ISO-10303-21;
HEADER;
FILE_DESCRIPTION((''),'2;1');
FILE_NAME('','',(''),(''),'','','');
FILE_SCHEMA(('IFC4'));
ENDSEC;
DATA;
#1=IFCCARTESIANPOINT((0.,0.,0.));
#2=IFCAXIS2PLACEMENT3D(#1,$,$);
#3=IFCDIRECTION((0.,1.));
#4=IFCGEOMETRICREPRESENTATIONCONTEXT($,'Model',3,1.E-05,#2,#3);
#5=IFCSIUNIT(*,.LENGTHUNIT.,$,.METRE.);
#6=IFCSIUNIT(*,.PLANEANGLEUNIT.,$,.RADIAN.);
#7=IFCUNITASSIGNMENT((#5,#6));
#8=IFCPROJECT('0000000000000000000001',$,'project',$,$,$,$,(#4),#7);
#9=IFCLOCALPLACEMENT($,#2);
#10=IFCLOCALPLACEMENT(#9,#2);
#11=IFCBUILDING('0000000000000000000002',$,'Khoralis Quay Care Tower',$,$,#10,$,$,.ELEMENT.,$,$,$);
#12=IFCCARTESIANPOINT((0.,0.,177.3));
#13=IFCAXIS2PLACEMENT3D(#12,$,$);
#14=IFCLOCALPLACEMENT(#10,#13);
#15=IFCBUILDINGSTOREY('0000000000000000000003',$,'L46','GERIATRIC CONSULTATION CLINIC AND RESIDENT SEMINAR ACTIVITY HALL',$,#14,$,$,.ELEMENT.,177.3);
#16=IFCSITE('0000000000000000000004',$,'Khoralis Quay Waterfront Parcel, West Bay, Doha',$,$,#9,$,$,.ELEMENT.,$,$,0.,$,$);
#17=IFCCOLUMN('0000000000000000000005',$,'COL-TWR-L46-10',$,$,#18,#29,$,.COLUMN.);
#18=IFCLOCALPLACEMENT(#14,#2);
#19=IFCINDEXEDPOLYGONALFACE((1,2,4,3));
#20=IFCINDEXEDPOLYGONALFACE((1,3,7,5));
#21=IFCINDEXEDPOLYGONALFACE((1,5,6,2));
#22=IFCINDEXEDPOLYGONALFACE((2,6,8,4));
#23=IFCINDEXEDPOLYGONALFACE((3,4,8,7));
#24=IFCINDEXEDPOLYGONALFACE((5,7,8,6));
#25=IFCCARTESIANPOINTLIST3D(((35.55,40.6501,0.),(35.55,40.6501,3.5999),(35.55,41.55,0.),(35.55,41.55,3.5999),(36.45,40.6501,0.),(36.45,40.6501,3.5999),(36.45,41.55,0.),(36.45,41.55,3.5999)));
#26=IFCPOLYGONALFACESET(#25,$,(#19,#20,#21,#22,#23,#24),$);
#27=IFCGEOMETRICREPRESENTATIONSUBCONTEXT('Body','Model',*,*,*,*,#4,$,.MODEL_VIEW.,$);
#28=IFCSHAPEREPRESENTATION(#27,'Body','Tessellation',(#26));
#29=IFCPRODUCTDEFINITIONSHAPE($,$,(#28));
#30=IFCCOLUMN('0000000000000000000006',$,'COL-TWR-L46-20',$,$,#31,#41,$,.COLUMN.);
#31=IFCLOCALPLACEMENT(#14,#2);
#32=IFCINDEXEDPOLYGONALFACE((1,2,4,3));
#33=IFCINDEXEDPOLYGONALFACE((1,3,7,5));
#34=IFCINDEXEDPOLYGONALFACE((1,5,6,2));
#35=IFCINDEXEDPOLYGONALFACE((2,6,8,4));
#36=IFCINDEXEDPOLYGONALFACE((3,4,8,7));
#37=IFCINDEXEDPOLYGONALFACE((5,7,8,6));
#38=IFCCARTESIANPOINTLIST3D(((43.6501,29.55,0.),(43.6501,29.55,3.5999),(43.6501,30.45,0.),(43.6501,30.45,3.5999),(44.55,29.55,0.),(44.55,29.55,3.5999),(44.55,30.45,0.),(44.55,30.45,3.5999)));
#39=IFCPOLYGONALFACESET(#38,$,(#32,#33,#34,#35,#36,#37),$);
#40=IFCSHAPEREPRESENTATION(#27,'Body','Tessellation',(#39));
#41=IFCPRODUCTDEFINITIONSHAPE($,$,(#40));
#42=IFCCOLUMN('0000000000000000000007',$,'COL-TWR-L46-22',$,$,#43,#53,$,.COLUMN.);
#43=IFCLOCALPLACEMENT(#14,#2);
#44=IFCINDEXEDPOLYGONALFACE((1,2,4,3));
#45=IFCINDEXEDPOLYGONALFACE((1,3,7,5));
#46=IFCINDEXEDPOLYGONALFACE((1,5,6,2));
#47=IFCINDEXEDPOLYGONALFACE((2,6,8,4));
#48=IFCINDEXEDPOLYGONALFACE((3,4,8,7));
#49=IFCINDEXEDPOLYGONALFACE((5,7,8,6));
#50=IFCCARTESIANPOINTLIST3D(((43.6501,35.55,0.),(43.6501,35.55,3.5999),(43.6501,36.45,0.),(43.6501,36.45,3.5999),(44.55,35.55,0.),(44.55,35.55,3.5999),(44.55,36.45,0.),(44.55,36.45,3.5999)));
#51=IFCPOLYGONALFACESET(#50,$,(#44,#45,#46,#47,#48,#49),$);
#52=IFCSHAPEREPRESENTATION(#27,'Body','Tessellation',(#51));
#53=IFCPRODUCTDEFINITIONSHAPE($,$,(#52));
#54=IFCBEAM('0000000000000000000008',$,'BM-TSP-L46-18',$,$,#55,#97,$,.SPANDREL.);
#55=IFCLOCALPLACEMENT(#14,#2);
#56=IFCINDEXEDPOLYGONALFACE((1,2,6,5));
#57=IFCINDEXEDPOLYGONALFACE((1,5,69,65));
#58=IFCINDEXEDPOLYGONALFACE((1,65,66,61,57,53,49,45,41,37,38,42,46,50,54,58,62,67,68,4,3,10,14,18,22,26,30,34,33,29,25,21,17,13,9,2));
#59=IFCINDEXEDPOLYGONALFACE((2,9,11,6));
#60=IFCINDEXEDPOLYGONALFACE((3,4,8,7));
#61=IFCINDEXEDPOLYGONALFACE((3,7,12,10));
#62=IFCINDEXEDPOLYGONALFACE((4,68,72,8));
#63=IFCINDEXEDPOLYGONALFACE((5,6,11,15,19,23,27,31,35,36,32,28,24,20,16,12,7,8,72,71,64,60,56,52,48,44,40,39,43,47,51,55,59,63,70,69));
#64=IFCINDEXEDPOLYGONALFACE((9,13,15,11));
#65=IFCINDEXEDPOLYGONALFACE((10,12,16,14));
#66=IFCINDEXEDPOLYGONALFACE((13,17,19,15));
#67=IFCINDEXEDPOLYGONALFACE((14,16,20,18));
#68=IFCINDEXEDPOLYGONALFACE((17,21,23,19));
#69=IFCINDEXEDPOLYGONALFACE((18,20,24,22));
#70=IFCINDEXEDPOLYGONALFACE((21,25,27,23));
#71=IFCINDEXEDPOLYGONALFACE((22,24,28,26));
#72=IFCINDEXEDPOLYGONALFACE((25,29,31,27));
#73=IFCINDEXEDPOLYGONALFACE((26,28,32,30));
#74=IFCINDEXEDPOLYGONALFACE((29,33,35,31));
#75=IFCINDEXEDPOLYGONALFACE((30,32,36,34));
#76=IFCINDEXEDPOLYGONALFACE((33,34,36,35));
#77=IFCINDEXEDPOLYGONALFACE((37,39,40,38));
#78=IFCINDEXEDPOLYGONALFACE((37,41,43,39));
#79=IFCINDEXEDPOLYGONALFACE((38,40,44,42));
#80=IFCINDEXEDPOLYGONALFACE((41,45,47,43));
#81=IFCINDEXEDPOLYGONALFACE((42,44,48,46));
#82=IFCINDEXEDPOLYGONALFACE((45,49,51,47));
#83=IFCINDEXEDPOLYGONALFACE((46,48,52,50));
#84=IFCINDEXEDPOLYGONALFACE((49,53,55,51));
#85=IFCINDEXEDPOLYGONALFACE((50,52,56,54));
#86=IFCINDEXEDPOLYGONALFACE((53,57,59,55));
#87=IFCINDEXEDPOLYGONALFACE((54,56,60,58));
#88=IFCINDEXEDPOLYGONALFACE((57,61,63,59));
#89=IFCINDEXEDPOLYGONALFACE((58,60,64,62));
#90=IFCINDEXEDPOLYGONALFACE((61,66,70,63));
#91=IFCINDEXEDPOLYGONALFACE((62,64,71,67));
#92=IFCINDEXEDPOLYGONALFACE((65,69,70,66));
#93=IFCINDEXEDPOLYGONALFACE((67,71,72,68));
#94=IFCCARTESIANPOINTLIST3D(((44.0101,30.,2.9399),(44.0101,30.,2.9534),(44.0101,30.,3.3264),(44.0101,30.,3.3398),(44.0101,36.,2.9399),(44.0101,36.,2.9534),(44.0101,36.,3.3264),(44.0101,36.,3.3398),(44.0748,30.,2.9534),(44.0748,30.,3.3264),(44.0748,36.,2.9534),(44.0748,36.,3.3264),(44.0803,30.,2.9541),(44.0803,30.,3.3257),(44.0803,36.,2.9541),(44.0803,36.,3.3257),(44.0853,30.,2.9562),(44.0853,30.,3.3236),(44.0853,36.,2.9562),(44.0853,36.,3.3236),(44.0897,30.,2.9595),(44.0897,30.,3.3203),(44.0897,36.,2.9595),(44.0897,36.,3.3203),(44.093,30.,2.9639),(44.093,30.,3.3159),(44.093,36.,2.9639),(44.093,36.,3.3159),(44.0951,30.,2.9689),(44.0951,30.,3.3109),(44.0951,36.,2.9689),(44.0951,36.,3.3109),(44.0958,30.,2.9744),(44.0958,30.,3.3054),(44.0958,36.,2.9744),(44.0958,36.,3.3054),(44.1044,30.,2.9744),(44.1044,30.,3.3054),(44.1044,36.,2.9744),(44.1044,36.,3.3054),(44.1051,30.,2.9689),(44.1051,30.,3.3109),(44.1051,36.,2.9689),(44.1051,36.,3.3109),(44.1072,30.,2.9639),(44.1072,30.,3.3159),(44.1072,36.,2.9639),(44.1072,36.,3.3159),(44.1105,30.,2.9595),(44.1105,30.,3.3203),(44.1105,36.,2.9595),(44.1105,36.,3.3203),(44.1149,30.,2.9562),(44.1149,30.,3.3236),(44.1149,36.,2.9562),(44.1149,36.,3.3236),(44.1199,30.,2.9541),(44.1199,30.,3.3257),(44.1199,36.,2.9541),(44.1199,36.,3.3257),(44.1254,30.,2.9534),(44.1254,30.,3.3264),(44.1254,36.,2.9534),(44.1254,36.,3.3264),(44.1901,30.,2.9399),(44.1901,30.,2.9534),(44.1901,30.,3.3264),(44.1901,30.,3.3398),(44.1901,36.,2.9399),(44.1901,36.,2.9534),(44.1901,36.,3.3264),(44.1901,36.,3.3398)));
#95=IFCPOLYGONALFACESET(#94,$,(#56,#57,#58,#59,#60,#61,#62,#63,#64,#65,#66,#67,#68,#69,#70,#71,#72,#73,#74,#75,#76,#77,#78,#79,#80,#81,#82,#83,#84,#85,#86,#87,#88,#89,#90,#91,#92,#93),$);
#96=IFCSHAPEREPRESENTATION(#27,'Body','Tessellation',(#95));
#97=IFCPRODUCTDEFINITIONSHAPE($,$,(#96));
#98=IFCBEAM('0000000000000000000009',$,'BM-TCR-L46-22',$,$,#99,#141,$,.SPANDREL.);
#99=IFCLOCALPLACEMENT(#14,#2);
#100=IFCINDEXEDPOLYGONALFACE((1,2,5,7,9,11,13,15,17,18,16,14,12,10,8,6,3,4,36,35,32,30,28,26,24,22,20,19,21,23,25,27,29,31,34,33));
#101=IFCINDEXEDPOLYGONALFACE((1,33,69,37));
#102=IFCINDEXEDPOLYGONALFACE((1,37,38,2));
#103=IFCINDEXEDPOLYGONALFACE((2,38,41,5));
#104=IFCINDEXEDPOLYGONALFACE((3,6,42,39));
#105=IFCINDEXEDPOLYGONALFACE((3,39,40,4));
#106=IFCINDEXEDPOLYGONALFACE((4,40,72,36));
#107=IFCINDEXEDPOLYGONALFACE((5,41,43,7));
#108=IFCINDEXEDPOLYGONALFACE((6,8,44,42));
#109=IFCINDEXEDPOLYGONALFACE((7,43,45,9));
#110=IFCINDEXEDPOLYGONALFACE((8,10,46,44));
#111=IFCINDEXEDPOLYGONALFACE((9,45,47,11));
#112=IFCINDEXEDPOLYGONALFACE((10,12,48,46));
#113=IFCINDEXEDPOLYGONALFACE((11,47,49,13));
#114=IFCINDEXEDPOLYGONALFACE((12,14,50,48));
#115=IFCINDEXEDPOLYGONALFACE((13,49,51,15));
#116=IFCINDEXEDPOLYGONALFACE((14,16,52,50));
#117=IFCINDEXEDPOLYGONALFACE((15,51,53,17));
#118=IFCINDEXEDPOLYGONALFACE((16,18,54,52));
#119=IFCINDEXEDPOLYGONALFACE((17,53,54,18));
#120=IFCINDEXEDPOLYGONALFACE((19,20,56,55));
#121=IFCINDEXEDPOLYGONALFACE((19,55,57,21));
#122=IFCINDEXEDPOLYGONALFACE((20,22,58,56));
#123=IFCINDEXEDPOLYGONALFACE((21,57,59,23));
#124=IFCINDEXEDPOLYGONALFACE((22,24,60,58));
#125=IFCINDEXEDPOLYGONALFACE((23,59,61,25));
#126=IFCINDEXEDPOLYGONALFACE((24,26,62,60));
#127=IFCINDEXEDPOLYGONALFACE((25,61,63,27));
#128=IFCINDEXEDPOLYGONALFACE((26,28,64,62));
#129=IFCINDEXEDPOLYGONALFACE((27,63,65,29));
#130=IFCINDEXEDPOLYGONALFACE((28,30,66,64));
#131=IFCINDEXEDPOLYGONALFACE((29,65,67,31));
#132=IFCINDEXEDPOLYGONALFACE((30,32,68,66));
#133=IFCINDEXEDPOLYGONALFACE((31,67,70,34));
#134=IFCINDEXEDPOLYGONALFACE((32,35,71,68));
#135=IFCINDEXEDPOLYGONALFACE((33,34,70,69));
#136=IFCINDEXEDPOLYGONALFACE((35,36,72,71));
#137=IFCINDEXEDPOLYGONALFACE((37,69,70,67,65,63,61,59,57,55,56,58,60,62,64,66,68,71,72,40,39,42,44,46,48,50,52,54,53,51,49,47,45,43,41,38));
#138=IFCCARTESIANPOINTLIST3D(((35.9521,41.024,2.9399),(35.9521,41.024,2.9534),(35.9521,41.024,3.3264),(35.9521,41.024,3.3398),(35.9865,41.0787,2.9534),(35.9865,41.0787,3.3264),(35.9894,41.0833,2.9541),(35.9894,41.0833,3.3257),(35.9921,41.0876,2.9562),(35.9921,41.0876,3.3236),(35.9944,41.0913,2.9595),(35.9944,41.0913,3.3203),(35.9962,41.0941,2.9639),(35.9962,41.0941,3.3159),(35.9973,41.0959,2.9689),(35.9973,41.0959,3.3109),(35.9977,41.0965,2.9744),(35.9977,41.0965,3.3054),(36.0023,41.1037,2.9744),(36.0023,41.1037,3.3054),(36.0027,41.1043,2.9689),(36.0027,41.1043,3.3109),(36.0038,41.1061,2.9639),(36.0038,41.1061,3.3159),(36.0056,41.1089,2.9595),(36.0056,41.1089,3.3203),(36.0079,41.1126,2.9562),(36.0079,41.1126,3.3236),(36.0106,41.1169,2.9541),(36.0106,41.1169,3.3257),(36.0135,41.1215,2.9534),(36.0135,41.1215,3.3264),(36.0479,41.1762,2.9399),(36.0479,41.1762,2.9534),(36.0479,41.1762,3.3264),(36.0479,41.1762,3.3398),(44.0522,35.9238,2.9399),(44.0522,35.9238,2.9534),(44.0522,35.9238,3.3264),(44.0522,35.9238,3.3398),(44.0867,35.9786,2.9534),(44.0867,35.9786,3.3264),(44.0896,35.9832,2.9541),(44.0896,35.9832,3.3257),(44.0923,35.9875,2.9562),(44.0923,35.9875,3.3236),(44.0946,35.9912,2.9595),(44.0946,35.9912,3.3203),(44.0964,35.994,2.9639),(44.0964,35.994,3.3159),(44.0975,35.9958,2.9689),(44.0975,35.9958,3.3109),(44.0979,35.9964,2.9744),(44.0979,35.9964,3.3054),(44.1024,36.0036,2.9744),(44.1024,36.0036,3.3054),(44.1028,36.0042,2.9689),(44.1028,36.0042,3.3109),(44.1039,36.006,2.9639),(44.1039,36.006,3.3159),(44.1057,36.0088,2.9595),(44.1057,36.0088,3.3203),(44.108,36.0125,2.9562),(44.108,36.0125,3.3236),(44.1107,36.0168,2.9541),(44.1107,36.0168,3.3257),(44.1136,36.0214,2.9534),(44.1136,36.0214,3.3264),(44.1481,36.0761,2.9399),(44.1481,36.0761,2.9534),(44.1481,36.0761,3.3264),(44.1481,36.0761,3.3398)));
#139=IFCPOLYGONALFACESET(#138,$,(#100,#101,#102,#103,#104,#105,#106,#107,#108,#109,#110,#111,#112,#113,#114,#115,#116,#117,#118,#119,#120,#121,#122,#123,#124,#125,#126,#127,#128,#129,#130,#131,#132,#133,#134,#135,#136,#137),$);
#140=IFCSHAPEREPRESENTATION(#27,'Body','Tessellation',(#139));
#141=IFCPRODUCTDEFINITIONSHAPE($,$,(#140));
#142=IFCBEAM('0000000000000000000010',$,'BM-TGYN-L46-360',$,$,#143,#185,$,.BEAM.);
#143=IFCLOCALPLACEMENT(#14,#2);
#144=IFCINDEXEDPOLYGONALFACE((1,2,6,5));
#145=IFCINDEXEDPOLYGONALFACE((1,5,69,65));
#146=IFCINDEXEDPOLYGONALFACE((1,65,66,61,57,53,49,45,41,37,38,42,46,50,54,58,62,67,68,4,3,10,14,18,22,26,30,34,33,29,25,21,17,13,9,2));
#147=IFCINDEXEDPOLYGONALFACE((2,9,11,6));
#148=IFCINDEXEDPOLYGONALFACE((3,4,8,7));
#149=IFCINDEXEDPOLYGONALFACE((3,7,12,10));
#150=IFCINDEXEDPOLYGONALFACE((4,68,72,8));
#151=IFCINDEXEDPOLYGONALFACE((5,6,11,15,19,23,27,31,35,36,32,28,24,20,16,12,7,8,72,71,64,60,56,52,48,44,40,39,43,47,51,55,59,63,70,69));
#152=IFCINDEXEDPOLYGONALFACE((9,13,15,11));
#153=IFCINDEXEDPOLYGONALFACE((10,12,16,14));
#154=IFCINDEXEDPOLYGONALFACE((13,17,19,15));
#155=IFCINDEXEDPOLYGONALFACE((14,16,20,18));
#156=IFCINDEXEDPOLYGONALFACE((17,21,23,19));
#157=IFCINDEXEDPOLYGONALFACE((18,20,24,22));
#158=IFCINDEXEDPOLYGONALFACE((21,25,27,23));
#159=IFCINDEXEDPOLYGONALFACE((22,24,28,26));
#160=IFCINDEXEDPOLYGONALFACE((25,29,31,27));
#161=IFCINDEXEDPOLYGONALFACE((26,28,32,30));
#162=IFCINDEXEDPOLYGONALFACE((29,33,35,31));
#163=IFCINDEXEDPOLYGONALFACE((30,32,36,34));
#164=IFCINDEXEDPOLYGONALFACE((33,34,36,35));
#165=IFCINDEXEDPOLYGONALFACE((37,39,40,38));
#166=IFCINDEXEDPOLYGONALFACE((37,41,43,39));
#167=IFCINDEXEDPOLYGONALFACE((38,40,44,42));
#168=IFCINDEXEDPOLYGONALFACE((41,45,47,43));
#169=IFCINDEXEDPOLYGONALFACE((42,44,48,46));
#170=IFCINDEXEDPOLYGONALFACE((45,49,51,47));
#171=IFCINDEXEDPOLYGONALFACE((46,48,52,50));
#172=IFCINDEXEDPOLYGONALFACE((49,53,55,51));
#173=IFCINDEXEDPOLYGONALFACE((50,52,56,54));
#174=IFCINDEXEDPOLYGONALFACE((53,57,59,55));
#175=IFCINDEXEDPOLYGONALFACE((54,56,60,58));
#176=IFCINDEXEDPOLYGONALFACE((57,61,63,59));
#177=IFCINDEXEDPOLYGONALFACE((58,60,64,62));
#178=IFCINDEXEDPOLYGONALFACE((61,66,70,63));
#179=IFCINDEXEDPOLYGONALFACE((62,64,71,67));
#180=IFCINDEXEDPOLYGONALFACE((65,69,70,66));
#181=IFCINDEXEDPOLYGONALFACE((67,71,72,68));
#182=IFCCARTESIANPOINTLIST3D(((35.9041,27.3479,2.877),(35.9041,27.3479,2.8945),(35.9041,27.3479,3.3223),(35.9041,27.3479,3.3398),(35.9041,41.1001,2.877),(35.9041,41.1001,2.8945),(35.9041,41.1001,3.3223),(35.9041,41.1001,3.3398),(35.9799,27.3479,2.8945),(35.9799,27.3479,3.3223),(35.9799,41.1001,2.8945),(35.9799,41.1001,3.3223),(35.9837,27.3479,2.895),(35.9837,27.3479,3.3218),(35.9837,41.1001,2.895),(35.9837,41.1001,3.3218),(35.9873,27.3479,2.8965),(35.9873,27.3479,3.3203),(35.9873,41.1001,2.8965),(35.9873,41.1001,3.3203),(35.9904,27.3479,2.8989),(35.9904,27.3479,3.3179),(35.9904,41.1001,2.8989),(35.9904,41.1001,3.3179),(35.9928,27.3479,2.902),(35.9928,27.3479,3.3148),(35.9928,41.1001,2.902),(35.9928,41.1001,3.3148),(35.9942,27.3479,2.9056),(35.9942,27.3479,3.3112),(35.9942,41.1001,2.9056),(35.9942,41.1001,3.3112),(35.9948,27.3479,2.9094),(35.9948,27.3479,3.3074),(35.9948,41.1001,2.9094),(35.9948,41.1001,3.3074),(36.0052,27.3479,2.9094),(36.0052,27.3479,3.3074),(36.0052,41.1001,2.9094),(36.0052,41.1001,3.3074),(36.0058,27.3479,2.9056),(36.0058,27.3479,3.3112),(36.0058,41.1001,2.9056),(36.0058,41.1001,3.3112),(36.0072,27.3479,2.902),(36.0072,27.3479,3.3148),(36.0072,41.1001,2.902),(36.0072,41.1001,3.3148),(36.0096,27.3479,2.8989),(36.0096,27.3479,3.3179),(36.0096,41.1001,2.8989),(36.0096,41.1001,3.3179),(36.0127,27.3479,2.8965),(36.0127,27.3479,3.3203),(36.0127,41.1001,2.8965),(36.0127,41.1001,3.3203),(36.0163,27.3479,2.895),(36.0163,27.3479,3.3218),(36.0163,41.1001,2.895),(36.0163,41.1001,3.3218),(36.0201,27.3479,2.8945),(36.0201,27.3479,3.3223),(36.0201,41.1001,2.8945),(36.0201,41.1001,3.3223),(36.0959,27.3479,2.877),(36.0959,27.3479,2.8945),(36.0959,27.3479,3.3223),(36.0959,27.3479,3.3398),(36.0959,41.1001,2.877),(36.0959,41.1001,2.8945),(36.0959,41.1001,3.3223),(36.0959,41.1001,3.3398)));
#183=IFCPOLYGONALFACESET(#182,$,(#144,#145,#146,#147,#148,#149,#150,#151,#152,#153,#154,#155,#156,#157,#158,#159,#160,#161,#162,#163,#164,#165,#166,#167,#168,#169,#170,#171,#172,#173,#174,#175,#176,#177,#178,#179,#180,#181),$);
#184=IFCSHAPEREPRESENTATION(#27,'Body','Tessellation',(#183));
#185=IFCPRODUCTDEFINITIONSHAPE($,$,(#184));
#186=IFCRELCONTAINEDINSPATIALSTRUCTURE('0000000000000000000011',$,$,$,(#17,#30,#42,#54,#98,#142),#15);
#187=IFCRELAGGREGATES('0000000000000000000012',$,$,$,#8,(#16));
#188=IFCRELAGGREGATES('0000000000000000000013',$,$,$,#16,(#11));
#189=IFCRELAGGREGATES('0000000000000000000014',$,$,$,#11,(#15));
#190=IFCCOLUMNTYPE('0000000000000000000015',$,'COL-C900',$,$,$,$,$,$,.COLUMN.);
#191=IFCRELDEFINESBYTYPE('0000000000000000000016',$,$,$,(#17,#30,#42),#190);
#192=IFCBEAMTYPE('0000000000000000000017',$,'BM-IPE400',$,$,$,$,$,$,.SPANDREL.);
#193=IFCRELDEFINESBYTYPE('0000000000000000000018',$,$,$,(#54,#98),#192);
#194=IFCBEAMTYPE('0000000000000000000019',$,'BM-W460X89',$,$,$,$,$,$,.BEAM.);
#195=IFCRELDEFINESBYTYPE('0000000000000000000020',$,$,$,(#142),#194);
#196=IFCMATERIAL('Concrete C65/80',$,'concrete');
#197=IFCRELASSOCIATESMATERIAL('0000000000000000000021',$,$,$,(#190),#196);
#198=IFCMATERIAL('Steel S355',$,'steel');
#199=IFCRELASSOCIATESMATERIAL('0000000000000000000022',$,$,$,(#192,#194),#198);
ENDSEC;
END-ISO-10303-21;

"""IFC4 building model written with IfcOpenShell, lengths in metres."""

from ifc_helpers import new_model, si_unit, direction, frame, origin, origin_2d, place, context, subcontext, project, spatial, rectangle, i_section, extrude, source, transform, mapped, material, material_profile, profile_set, type_object, element, save


model = new_model("IFC4")

# Units and contexts
model_context = context("Model", 3, precision=1e-05, world=origin(), true_north=direction((0.0, 1.0)))
body_context = subcontext(model_context, "Body", "Model", "MODEL_VIEW")
ifc_project = project(units=[si_unit("LENGTHUNIT", "METRE"), si_unit("PLANEANGLEUNIT", "RADIAN")], contexts=[model_context])

# Site, building, storey
site_placement = place(None, origin())
site = spatial("IfcSite", under=ifc_project, at=site_placement, Name="Khoralis Quay Waterfront Parcel, West Bay, Doha", CompositionType="ELEMENT", RefElevation=0.0)
building_placement = place(site_placement, origin())
building = spatial("IfcBuilding", under=site, at=building_placement, Name="Khoralis Quay Care Tower", CompositionType="ELEMENT")
storey_placement = place(building_placement, frame((0.0, 0.0, 177.3)))
storey = spatial("IfcBuildingStorey", under=building, at=storey_placement, Name="L46", Description="GERIATRIC CONSULTATION CLINIC AND RESIDENT SEMINAR ACTIVITY HALL", CompositionType="ELEMENT", Elevation=177.3)

# Columns
ifc_material_1 = material(Name="Concrete C65/80", Category="concrete")
ifc_material_profile_1 = material_profile(ifc_material_1, rectangle(XDim=0.8999, YDim=0.8999, at=origin_2d()), Name="Concrete C65/80")
ifc_profile_set_1 = profile_set([ifc_material_profile_1], Name="Concrete C65/80")
column_type = type_object("IfcColumnType", Name="COL-C900", PredefinedType="COLUMN", material=ifc_profile_set_1)
shared_shape_1 = source(origin(), body_context, "Body", "SweptSolid", [
    extrude(rectangle(XDim=0.8999, YDim=0.8999, at=origin_2d()), origin(), (0.0, 0.0, 1.0), 3.5999),
])
for number, where, z_axis, x_axis, name in (
    (1, (36.0, 41.1001, 0.0), (0.0, 0.0, 1.0), (1.0, 0.0, 0.0), "COL-TWR-L46-10"),
    (2, (44.1001, 30.0, 0.0), (0.0, 0.0, 1.0), (1.0, 0.0, 0.0), "COL-TWR-L46-20"),
    (3, (44.1001, 36.0, 0.0), (0.0, 0.0, 1.0), (1.0, 0.0, 0.0), "COL-TWR-L46-22"),
):
    element("IfcColumn", number, at=place(storey_placement, frame(where, z_axis=z_axis, x_axis=x_axis)), inside=storey, type_object=column_type, Name=name, PredefinedType="COLUMN", context=body_context, shape_type="MappedRepresentation", body=[
        mapped(shared_shape_1, transform((0.0, 0.0, 0.0), scale=1.0)),
    ])

# Beams
ifc_material_2 = material(Name="Steel S355", Category="steel")
ifc_material_profile_2 = material_profile(ifc_material_2, i_section(OverallWidth=0.1799, OverallDepth=0.3999, WebThickness=0.0085, FlangeThickness=0.0134, FilletRadius=0.021, at=origin_2d()), Name="Steel S355")
ifc_profile_set_2 = profile_set([ifc_material_profile_2], Name="Steel S355")
beam_type_1 = type_object("IfcBeamType", Name="BM-IPE400", PredefinedType="SPANDREL", material=ifc_profile_set_2)
shared_shape_2 = source(origin(), body_context, "Body", "SweptSolid", [
    extrude(i_section(OverallWidth=0.1799, OverallDepth=0.3999, WebThickness=0.0085, FlangeThickness=0.0134, FilletRadius=0.021, at=origin_2d()), origin(), (0.0, 0.0, 1.0), 6.0),
])
beam_1_placement = place(storey_placement, frame((44.1001, 30.0, 3.1399), z_axis=(0.0, 1.0, 0.0), x_axis=(-1.0, 0.0, 0.0)))
element("IfcBeam", 4, at=beam_1_placement, inside=storey, type_object=beam_type_1, Name="BM-TSP-L46-18", PredefinedType="SPANDREL", context=body_context, shape_type="MappedRepresentation", body=[
    mapped(shared_shape_2, transform((0.0, 0.0, 0.0), scale=1.0)),
])
shared_shape_3 = source(origin(), body_context, "Body", "SweptSolid", [
    extrude(i_section(OverallWidth=0.1799, OverallDepth=0.3999, WebThickness=0.0085, FlangeThickness=0.0134, FilletRadius=0.021, at=origin_2d()), origin(), (0.0, 0.0, 1.0), 9.572),
])
beam_2_placement = place(storey_placement, frame((36.0, 41.1001, 3.1399), z_axis=(0.846231, -0.532816, 0.0), x_axis=(0.532816, 0.846231, 0.0)))
element("IfcBeam", 5, at=beam_2_placement, inside=storey, type_object=beam_type_1, Name="BM-TCR-L46-22", PredefinedType="SPANDREL", context=body_context, shape_type="MappedRepresentation", body=[
    mapped(shared_shape_3, transform((0.0, 0.0, 0.0), scale=1.0)),
])
ifc_material_profile_3 = material_profile(ifc_material_2, i_section(OverallWidth=0.1919, OverallDepth=0.4629, WebThickness=0.0105, FlangeThickness=0.0176, FilletRadius=0.0149, at=origin_2d()), Name="Steel S355")
ifc_profile_set_3 = profile_set([ifc_material_profile_3], Name="Steel S355")
beam_type_2 = type_object("IfcBeamType", Name="BM-W460X89", PredefinedType="BEAM", material=ifc_profile_set_3)
shared_shape_4 = source(origin(), body_context, "Body", "SweptSolid", [
    extrude(i_section(OverallWidth=0.1919, OverallDepth=0.4629, WebThickness=0.0105, FlangeThickness=0.0176, FilletRadius=0.0149, at=origin_2d()), origin(), (0.0, 0.0, 1.0), 13.7522),
])
beam_3_placement = place(storey_placement, frame((36.0, 27.3479, 3.1084), z_axis=(0.0, 1.0, 0.0), x_axis=(-1.0, 0.0, 0.0)))
element("IfcBeam", 6, at=beam_3_placement, inside=storey, type_object=beam_type_2, Name="BM-TGYN-L46-360", PredefinedType="BEAM", context=body_context, shape_type="MappedRepresentation", body=[
    mapped(shared_shape_4, transform((0.0, 0.0, 0.0), scale=1.0)),
])

save(model, "model.ifc")
